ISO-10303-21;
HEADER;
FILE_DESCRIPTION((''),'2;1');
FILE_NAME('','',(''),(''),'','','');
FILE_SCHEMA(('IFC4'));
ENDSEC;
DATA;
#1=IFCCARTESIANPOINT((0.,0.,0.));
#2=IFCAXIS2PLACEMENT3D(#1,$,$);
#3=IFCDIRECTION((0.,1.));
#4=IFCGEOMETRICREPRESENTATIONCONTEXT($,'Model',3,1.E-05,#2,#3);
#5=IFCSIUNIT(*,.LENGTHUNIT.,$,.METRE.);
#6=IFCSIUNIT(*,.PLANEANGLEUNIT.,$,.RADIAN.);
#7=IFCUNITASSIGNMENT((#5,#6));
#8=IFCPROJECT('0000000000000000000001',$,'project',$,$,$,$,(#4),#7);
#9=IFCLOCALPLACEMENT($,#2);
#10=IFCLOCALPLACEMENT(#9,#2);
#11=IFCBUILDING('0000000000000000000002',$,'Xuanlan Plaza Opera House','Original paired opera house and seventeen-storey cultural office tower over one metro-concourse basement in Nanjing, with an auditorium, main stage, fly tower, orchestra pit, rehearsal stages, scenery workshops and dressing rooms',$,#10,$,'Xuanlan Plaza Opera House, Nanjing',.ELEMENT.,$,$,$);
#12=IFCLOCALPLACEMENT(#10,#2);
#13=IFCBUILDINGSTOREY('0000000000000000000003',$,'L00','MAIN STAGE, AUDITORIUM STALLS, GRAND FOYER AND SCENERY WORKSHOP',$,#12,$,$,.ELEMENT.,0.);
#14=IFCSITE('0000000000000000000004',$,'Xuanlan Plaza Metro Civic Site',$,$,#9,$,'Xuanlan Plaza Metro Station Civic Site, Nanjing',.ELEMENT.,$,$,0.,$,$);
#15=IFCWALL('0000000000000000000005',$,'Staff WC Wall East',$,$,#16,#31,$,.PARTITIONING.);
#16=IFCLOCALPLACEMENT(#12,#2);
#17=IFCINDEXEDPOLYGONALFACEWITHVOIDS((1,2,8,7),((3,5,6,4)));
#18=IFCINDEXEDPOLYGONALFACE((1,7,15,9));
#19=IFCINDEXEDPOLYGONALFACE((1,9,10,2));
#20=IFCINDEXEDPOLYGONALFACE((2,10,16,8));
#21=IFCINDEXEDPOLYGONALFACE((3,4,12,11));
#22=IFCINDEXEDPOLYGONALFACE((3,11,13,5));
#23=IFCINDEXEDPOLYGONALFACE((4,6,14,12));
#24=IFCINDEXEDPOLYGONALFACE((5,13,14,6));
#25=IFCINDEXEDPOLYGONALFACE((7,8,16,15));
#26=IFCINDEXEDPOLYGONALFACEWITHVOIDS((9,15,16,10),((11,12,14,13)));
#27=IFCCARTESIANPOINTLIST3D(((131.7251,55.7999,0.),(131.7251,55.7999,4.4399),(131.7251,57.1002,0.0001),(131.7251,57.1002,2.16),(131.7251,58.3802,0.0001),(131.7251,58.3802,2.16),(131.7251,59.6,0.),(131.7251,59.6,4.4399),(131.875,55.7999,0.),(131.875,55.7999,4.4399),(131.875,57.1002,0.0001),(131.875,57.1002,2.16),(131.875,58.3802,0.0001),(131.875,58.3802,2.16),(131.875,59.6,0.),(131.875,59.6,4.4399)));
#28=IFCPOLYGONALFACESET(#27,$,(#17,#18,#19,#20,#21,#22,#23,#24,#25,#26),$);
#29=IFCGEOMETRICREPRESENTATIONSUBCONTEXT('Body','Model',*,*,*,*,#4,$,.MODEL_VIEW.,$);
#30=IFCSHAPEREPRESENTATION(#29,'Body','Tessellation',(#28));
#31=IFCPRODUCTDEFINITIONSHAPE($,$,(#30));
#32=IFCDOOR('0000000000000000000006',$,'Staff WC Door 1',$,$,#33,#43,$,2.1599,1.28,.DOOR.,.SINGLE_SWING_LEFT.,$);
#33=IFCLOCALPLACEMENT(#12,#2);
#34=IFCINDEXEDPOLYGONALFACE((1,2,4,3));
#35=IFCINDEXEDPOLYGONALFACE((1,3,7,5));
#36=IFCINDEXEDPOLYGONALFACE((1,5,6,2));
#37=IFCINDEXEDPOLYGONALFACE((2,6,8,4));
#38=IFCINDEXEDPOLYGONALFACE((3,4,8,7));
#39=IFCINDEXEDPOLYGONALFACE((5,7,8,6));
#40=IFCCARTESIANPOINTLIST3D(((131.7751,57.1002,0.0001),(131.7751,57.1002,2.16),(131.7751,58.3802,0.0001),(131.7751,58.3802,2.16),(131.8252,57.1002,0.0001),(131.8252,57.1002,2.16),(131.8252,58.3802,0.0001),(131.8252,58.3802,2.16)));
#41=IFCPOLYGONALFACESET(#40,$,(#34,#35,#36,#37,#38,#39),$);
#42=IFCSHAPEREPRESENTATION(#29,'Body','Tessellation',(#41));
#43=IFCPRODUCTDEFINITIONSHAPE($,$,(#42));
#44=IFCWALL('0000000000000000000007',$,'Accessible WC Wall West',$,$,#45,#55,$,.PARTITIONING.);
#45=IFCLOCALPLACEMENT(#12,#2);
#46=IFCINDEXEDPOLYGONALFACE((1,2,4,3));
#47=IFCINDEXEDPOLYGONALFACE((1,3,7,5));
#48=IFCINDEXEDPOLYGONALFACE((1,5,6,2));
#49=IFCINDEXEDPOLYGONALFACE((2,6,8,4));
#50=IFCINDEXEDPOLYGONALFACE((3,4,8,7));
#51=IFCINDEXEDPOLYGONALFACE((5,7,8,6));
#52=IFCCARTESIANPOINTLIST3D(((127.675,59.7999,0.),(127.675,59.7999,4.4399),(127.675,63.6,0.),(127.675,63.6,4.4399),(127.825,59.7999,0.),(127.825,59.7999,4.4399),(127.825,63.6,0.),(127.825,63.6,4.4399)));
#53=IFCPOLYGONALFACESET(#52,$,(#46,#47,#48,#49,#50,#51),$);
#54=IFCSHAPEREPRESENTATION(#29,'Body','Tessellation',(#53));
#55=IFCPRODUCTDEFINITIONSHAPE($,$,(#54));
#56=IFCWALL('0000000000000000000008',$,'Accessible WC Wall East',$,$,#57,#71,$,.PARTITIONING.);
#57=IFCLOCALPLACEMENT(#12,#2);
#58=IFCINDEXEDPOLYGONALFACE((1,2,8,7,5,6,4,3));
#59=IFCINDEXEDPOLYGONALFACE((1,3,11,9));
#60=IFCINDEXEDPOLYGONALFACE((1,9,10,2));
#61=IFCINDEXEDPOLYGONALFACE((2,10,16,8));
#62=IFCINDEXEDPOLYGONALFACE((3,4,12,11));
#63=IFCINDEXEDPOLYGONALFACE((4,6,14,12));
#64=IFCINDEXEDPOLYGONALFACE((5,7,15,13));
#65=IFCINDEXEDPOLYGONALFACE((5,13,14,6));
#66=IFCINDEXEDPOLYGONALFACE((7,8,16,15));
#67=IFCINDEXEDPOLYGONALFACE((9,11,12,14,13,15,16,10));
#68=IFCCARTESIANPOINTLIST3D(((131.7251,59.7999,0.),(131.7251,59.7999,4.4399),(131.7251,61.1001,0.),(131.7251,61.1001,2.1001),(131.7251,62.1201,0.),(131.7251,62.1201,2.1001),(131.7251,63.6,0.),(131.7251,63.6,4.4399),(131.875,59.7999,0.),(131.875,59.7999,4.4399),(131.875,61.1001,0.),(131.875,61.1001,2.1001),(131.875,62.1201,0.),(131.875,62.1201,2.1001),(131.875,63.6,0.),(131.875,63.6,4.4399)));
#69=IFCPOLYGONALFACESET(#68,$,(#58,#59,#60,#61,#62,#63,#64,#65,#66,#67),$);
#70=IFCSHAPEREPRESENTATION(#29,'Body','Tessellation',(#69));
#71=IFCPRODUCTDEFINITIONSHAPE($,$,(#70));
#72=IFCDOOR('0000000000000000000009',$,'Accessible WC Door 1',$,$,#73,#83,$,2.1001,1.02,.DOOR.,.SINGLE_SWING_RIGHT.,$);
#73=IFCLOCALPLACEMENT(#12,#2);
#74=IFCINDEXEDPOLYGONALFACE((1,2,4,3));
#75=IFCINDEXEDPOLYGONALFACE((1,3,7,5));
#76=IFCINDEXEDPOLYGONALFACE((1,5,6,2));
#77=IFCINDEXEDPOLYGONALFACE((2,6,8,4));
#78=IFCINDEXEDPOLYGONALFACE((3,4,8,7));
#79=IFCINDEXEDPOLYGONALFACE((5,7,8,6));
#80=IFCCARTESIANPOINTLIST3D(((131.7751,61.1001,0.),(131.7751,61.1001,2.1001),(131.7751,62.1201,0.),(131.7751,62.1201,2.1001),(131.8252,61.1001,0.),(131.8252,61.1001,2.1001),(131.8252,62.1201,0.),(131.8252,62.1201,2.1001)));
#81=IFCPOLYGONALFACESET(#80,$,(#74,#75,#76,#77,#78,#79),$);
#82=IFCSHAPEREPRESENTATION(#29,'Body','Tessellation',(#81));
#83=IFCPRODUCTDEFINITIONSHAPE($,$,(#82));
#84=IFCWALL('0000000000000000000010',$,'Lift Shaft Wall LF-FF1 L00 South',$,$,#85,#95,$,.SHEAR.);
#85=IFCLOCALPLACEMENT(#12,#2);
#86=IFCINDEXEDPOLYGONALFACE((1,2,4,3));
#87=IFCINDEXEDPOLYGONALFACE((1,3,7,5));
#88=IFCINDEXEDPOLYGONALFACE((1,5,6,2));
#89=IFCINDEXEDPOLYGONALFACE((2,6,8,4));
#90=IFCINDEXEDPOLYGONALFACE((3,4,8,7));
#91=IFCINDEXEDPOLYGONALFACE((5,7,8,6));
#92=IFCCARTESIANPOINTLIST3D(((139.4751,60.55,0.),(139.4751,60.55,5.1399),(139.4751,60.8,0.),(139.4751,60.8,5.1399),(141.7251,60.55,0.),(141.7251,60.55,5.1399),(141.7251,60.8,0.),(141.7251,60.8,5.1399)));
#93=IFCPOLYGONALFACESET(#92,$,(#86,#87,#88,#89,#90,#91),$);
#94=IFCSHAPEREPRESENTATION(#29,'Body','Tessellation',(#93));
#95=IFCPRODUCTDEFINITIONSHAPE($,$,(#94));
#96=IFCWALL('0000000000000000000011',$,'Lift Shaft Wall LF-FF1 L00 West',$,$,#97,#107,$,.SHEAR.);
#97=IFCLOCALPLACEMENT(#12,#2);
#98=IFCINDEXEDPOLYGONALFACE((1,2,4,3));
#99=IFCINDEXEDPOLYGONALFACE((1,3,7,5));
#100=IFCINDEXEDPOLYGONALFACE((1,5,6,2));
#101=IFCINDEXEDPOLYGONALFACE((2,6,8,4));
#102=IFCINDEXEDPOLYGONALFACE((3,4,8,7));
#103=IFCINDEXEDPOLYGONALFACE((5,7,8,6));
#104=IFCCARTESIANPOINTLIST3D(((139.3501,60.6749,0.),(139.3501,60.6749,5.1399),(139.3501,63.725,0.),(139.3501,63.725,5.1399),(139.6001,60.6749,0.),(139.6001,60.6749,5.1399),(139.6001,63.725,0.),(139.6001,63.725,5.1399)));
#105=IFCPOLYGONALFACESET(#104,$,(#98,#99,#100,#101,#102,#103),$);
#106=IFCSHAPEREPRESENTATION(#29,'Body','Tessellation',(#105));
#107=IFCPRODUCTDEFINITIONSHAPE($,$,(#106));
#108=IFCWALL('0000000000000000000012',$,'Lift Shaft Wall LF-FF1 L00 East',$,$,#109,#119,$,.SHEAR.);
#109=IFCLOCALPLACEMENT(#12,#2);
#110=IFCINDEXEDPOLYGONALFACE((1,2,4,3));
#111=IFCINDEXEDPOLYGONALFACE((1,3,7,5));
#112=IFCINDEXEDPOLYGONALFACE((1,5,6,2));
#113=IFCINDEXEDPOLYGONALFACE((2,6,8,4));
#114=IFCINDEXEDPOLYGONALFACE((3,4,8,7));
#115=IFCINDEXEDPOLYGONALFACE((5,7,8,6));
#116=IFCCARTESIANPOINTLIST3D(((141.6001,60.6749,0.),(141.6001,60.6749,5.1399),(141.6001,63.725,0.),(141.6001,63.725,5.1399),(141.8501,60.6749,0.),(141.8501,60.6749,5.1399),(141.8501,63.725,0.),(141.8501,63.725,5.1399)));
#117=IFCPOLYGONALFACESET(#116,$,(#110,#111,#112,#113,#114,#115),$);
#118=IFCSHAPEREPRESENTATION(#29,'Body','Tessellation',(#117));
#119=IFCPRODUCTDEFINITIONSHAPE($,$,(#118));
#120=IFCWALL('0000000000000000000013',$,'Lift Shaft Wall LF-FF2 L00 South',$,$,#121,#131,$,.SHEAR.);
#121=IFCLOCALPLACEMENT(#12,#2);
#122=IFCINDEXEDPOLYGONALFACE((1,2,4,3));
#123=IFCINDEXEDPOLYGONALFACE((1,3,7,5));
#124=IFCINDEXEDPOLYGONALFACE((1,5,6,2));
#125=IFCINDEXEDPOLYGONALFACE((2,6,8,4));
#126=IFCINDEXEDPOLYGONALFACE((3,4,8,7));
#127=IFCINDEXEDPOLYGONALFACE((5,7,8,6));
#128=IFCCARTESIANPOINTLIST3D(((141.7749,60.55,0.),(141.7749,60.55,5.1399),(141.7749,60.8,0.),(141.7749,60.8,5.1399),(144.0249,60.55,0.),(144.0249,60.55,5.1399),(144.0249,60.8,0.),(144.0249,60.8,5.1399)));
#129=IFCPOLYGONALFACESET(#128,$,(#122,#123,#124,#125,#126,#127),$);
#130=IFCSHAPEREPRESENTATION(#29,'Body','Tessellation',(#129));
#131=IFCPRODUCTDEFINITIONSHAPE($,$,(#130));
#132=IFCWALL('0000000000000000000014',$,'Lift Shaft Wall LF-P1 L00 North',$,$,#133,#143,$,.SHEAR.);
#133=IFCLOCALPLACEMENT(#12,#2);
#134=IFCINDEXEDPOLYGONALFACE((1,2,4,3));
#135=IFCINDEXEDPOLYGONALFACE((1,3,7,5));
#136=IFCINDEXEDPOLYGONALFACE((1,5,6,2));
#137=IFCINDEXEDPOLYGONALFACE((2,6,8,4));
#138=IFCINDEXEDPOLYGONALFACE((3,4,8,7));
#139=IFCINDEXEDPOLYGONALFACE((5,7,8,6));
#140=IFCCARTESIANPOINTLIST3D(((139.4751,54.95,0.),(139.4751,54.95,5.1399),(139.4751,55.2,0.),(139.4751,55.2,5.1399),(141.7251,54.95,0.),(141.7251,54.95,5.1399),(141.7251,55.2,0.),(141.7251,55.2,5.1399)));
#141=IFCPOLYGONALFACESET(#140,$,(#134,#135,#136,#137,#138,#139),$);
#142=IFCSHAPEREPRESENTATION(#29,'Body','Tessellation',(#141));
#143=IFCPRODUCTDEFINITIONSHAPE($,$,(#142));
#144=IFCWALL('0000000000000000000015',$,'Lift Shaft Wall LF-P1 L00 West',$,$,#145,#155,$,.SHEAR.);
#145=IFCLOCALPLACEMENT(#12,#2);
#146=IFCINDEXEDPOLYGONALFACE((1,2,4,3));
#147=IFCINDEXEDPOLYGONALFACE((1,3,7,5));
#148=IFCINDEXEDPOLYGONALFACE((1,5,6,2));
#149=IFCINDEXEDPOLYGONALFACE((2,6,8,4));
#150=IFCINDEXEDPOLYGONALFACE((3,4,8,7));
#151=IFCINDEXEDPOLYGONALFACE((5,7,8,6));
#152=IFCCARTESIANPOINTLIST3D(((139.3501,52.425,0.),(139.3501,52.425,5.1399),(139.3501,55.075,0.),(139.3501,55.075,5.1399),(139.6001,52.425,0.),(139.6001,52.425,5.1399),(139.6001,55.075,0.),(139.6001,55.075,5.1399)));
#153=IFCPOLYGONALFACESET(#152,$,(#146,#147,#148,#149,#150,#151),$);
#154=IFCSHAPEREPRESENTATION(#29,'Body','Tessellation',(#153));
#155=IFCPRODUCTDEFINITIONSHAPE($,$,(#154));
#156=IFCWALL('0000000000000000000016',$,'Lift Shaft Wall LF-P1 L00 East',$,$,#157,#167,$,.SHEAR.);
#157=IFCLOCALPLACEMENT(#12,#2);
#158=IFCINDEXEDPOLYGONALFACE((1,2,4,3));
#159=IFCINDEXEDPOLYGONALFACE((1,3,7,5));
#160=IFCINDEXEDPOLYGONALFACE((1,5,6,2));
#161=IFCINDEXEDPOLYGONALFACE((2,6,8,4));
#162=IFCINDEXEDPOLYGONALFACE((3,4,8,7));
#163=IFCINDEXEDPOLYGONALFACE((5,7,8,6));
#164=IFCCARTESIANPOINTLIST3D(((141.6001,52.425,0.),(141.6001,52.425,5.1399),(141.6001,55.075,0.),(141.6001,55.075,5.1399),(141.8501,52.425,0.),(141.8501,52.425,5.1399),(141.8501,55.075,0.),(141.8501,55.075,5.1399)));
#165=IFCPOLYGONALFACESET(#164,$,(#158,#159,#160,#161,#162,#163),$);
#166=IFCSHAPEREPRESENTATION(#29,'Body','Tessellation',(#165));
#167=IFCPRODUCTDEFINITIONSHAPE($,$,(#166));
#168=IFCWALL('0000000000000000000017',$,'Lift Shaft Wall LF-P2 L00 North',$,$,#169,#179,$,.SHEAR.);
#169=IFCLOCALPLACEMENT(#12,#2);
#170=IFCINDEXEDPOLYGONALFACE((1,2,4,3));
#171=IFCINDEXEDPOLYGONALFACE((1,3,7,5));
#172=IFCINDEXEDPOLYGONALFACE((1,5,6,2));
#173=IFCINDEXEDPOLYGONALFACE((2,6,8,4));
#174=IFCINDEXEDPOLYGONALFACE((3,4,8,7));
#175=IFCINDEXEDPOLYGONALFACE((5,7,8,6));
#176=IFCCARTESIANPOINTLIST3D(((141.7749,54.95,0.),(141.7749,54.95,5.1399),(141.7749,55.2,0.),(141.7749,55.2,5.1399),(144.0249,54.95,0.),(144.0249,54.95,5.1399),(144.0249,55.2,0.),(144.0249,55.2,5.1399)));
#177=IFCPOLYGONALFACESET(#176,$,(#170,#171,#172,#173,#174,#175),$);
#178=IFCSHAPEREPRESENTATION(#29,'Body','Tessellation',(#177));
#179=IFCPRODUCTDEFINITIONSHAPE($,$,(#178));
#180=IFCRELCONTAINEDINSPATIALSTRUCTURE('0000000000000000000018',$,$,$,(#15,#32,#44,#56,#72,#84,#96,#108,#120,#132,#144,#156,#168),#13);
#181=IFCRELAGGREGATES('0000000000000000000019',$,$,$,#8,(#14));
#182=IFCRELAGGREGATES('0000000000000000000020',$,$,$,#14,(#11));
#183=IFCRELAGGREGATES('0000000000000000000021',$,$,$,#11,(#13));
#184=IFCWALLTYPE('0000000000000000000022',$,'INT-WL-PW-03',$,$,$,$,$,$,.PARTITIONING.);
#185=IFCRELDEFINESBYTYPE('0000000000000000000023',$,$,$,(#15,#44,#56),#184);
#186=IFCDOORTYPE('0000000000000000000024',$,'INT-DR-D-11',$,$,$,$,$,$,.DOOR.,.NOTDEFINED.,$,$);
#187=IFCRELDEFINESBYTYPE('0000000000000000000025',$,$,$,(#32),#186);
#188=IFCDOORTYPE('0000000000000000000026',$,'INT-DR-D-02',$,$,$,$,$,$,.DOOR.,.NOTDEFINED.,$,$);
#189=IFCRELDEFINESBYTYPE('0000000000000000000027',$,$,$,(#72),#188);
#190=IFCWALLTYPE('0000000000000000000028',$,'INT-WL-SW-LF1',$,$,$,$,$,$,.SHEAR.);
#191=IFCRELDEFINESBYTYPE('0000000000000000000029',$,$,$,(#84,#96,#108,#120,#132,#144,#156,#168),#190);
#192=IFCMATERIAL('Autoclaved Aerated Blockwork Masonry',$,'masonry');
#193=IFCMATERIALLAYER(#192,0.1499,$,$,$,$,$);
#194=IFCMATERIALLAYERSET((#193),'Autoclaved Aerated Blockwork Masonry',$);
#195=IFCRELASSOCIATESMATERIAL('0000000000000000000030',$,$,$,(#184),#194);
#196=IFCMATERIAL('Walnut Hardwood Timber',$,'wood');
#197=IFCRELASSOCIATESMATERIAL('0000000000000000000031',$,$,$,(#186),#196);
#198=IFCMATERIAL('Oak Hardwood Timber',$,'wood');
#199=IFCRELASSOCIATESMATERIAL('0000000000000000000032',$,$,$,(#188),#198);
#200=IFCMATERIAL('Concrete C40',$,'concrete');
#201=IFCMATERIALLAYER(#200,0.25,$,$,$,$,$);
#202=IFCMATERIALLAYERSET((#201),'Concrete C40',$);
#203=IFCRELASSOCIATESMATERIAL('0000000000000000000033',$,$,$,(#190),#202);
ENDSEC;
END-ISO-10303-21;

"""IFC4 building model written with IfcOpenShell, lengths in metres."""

from ifc_helpers import new_model, si_unit, direction, frame, frame_2d, origin, place, context, subcontext, project, spatial, rectangle, extrude, material, layer, layer_set, type_object, element, fill, save


model = new_model("IFC4")

# Units and contexts
model_context = context("Model", 3, precision=1e-05, world=origin(), true_north=direction((0.0, 1.0)))
body_context = subcontext(model_context, "Body", "Model", "MODEL_VIEW")
ifc_project = project(units=[si_unit("LENGTHUNIT", "METRE"), si_unit("PLANEANGLEUNIT", "RADIAN")], contexts=[model_context])

# Site, building, storey
site_placement = place(None, origin())
site = spatial("IfcSite", under=ifc_project, at=site_placement, Name="Xuanlan Plaza Metro Civic Site", LongName="Xuanlan Plaza Metro Station Civic Site, Nanjing", CompositionType="ELEMENT", RefElevation=0.0)
building_placement = place(site_placement, origin())
building = spatial("IfcBuilding", under=site, at=building_placement, Name="Xuanlan Plaza Opera House", Description="Original paired opera house and seventeen-storey cultural office tower over one metro-concourse basement in Nanjing, with an auditorium, main stage, fly tower, orchestra pit, rehearsal stages, scenery workshops and dressing rooms", LongName="Xuanlan Plaza Opera House, Nanjing", CompositionType="ELEMENT")
storey_placement = place(building_placement, origin())
storey = spatial("IfcBuildingStorey", under=building, at=storey_placement, Name="L00", Description="MAIN STAGE, AUDITORIUM STALLS, GRAND FOYER AND SCENERY WORKSHOP", CompositionType="ELEMENT", Elevation=0.0)

# Shared definitions
ifc_material_1 = material(Name="Concrete C40", Category="concrete")

# Shared definitions
ifc_material_2 = material(Name="Autoclaved Aerated Blockwork Masonry", Category="masonry")
ifc_layer_1 = layer(ifc_material_2, 0.1499)
ifc_layer_set_1 = layer_set([ifc_layer_1], Name="Autoclaved Aerated Blockwork Masonry")
wall_type_1 = type_object("IfcWallType", Name="INT-WL-PW-03", PredefinedType="PARTITIONING", material=ifc_layer_set_1)

# Wall, opening, door
wall_1_placement = place(storey_placement, frame((131.8, 55.8, 0.0), z_axis=(0.0, 0.0, 1.0), x_axis=(0.0, 1.0, 0.0)))
wall_1 = element("IfcWall", 1, at=wall_1_placement, inside=storey, type_object=wall_type_1, Name="Staff WC Wall East", PredefinedType="PARTITIONING", context=body_context, shape_type="SweptSolid", body=[
    extrude(rectangle(XDim=3.8, YDim=0.1499, at=frame_2d((1.8999, 0.0))), origin(), (0.0, 0.0, 1.0), 4.4399),
])
opening_1_placement = place(wall_1_placement, frame((1.3, 0.0, 0.0)))
opening_1 = element("IfcOpeningElement", 2, at=opening_1_placement, cuts=wall_1, PredefinedType="OPENING", context=body_context, shape_type="SweptSolid", body=[
    extrude(rectangle(XDim=1.28, YDim=2.1599, at=frame_2d((0.6401, 1.0801))), frame((0.0, 0.085, 0.0), z_axis=(0.0, -1.0, 0.0), x_axis=(1.0, 0.0, 0.0)), (0.0, 0.0, 1.0), 0.1699),
])
ifc_material_3 = material(Name="Walnut Hardwood Timber", Category="wood")
door_type_1 = type_object("IfcDoorType", Name="INT-DR-D-11", OperationType="NOTDEFINED", PredefinedType="DOOR", material=ifc_material_3)
door_1_placement = place(opening_1_placement, origin())
door_1 = element("IfcDoor", 3, at=door_1_placement, inside=storey, type_object=door_type_1, Name="Staff WC Door 1", OperationType="SINGLE_SWING_LEFT", OverallHeight=2.1599, OverallWidth=1.28, PredefinedType="DOOR", context=body_context, shape_type="SweptSolid", body=[
    extrude(rectangle(XDim=1.28, YDim=2.1599, at=frame_2d((0.6401, 1.0801))), frame((0.0, 0.0249, 0.0), z_axis=(0.0, -1.0, 0.0), x_axis=(1.0, 0.0, 0.0)), (0.0, 0.0, 1.0), 0.05),
])
fill(opening_1, door_1)

# Wall
wall_2_placement = place(storey_placement, frame((127.75, 59.8, 0.0), z_axis=(0.0, 0.0, 1.0), x_axis=(0.0, 1.0, 0.0)))
element("IfcWall", 4, at=wall_2_placement, inside=storey, type_object=wall_type_1, Name="Accessible WC Wall West", PredefinedType="PARTITIONING", context=body_context, shape_type="SweptSolid", body=[
    extrude(rectangle(XDim=3.8, YDim=0.1499, at=frame_2d((1.8999, 0.0))), origin(), (0.0, 0.0, 1.0), 4.4399),
])

# Wall, opening, door
wall_3_placement = place(storey_placement, frame((131.8, 59.8, 0.0), z_axis=(0.0, 0.0, 1.0), x_axis=(0.0, 1.0, 0.0)))
wall_3 = element("IfcWall", 5, at=wall_3_placement, inside=storey, type_object=wall_type_1, Name="Accessible WC Wall East", PredefinedType="PARTITIONING", context=body_context, shape_type="SweptSolid", body=[
    extrude(rectangle(XDim=3.8, YDim=0.1499, at=frame_2d((1.8999, 0.0))), origin(), (0.0, 0.0, 1.0), 4.4399),
])
opening_2_placement = place(wall_3_placement, frame((1.3, 0.0, 0.0)))
opening_2 = element("IfcOpeningElement", 6, at=opening_2_placement, cuts=wall_3, PredefinedType="OPENING", context=body_context, shape_type="SweptSolid", body=[
    extrude(rectangle(XDim=1.02, YDim=2.1001, at=frame_2d((0.51, 1.05))), frame((0.0, 0.085, 0.0), z_axis=(0.0, -1.0, 0.0), x_axis=(1.0, 0.0, 0.0)), (0.0, 0.0, 1.0), 0.1699),
])
ifc_material_4 = material(Name="Oak Hardwood Timber", Category="wood")
door_type_2 = type_object("IfcDoorType", Name="INT-DR-D-02", OperationType="NOTDEFINED", PredefinedType="DOOR", material=ifc_material_4)
door_2_placement = place(opening_2_placement, origin())
door_2 = element("IfcDoor", 7, at=door_2_placement, inside=storey, type_object=door_type_2, Name="Accessible WC Door 1", OperationType="SINGLE_SWING_RIGHT", OverallHeight=2.1001, OverallWidth=1.02, PredefinedType="DOOR", context=body_context, shape_type="SweptSolid", body=[
    extrude(rectangle(XDim=1.02, YDim=2.1001, at=frame_2d((0.51, 1.05))), frame((0.0, 0.0249, 0.0), z_axis=(0.0, -1.0, 0.0), x_axis=(1.0, 0.0, 0.0)), (0.0, 0.0, 1.0), 0.05),
])
fill(opening_2, door_2)

# Walls
ifc_layer_2 = layer(ifc_material_1, 0.25)
ifc_layer_set_2 = layer_set([ifc_layer_2], Name="Concrete C40")
wall_type_2 = type_object("IfcWallType", Name="INT-WL-SW-LF1", PredefinedType="SHEAR", material=ifc_layer_set_2)
wall_4_placement = place(storey_placement, frame((139.4751, 60.675, 0.0), z_axis=(0.0, 0.0, 1.0), x_axis=(1.0, 0.0, 0.0)))
element("IfcWall", 8, at=wall_4_placement, inside=storey, type_object=wall_type_2, Name="Lift Shaft Wall LF-FF1 L00 South", PredefinedType="SHEAR", context=body_context, shape_type="SweptSolid", body=[
    extrude(rectangle(XDim=2.25, YDim=0.25, at=frame_2d((1.125, 0.0))), origin(), (0.0, 0.0, 1.0), 5.1399),
])
for number, where, z_axis, x_axis, name in (
    (9, (139.4751, 60.675, 0.0), (0.0, 0.0, 1.0), (0.0, 1.0, 0.0), "Lift Shaft Wall LF-FF1 L00 West"),
    (10, (141.7251, 60.675, 0.0), (0.0, 0.0, 1.0), (0.0, 1.0, 0.0), "Lift Shaft Wall LF-FF1 L00 East"),
):
    element("IfcWall", number, at=place(storey_placement, frame(where, z_axis=z_axis, x_axis=x_axis)), inside=storey, type_object=wall_type_2, Name=name, PredefinedType="SHEAR", context=body_context, shape_type="SweptSolid", body=[
        extrude(rectangle(XDim=3.05, YDim=0.25, at=frame_2d((1.5249, 0.0))), origin(), (0.0, 0.0, 1.0), 5.1399),
    ])
wall_5_placement = place(storey_placement, frame((141.7749, 60.675, 0.0), z_axis=(0.0, 0.0, 1.0), x_axis=(1.0, 0.0, 0.0)))
element("IfcWall", 11, at=wall_5_placement, inside=storey, type_object=wall_type_2, Name="Lift Shaft Wall LF-FF2 L00 South", PredefinedType="SHEAR", context=body_context, shape_type="SweptSolid", body=[
    extrude(rectangle(XDim=2.25, YDim=0.25, at=frame_2d((1.125, 0.0))), origin(), (0.0, 0.0, 1.0), 5.1399),
])

# Walls
wall_6_placement = place(storey_placement, frame((139.4751, 55.075, 0.0), z_axis=(0.0, 0.0, 1.0), x_axis=(1.0, 0.0, 0.0)))
element("IfcWall", 12, at=wall_6_placement, inside=storey, type_object=wall_type_2, Name="Lift Shaft Wall LF-P1 L00 North", PredefinedType="SHEAR", context=body_context, shape_type="SweptSolid", body=[
    extrude(rectangle(XDim=2.25, YDim=0.25, at=frame_2d((1.125, 0.0))), origin(), (0.0, 0.0, 1.0), 5.1399),
])
for number, where, z_axis, x_axis, name in (
    (13, (139.4751, 52.425, 0.0), (0.0, 0.0, 1.0), (0.0, 1.0, 0.0), "Lift Shaft Wall LF-P1 L00 West"),
    (14, (141.7251, 52.425, 0.0), (0.0, 0.0, 1.0), (0.0, 1.0, 0.0), "Lift Shaft Wall LF-P1 L00 East"),
):
    element("IfcWall", number, at=place(storey_placement, frame(where, z_axis=z_axis, x_axis=x_axis)), inside=storey, type_object=wall_type_2, Name=name, PredefinedType="SHEAR", context=body_context, shape_type="SweptSolid", body=[
        extrude(rectangle(XDim=2.6499, YDim=0.25, at=frame_2d((1.325, 0.0))), origin(), (0.0, 0.0, 1.0), 5.1399),
    ])

# Wall
wall_7_placement = place(storey_placement, frame((141.7749, 55.075, 0.0), z_axis=(0.0, 0.0, 1.0), x_axis=(1.0, 0.0, 0.0)))
element("IfcWall", 15, at=wall_7_placement, inside=storey, type_object=wall_type_2, Name="Lift Shaft Wall LF-P2 L00 North", PredefinedType="SHEAR", context=body_context, shape_type="SweptSolid", body=[
    extrude(rectangle(XDim=2.25, YDim=0.25, at=frame_2d((1.125, 0.0))), origin(), (0.0, 0.0, 1.0), 5.1399),
])

save(model, "model.ifc")
